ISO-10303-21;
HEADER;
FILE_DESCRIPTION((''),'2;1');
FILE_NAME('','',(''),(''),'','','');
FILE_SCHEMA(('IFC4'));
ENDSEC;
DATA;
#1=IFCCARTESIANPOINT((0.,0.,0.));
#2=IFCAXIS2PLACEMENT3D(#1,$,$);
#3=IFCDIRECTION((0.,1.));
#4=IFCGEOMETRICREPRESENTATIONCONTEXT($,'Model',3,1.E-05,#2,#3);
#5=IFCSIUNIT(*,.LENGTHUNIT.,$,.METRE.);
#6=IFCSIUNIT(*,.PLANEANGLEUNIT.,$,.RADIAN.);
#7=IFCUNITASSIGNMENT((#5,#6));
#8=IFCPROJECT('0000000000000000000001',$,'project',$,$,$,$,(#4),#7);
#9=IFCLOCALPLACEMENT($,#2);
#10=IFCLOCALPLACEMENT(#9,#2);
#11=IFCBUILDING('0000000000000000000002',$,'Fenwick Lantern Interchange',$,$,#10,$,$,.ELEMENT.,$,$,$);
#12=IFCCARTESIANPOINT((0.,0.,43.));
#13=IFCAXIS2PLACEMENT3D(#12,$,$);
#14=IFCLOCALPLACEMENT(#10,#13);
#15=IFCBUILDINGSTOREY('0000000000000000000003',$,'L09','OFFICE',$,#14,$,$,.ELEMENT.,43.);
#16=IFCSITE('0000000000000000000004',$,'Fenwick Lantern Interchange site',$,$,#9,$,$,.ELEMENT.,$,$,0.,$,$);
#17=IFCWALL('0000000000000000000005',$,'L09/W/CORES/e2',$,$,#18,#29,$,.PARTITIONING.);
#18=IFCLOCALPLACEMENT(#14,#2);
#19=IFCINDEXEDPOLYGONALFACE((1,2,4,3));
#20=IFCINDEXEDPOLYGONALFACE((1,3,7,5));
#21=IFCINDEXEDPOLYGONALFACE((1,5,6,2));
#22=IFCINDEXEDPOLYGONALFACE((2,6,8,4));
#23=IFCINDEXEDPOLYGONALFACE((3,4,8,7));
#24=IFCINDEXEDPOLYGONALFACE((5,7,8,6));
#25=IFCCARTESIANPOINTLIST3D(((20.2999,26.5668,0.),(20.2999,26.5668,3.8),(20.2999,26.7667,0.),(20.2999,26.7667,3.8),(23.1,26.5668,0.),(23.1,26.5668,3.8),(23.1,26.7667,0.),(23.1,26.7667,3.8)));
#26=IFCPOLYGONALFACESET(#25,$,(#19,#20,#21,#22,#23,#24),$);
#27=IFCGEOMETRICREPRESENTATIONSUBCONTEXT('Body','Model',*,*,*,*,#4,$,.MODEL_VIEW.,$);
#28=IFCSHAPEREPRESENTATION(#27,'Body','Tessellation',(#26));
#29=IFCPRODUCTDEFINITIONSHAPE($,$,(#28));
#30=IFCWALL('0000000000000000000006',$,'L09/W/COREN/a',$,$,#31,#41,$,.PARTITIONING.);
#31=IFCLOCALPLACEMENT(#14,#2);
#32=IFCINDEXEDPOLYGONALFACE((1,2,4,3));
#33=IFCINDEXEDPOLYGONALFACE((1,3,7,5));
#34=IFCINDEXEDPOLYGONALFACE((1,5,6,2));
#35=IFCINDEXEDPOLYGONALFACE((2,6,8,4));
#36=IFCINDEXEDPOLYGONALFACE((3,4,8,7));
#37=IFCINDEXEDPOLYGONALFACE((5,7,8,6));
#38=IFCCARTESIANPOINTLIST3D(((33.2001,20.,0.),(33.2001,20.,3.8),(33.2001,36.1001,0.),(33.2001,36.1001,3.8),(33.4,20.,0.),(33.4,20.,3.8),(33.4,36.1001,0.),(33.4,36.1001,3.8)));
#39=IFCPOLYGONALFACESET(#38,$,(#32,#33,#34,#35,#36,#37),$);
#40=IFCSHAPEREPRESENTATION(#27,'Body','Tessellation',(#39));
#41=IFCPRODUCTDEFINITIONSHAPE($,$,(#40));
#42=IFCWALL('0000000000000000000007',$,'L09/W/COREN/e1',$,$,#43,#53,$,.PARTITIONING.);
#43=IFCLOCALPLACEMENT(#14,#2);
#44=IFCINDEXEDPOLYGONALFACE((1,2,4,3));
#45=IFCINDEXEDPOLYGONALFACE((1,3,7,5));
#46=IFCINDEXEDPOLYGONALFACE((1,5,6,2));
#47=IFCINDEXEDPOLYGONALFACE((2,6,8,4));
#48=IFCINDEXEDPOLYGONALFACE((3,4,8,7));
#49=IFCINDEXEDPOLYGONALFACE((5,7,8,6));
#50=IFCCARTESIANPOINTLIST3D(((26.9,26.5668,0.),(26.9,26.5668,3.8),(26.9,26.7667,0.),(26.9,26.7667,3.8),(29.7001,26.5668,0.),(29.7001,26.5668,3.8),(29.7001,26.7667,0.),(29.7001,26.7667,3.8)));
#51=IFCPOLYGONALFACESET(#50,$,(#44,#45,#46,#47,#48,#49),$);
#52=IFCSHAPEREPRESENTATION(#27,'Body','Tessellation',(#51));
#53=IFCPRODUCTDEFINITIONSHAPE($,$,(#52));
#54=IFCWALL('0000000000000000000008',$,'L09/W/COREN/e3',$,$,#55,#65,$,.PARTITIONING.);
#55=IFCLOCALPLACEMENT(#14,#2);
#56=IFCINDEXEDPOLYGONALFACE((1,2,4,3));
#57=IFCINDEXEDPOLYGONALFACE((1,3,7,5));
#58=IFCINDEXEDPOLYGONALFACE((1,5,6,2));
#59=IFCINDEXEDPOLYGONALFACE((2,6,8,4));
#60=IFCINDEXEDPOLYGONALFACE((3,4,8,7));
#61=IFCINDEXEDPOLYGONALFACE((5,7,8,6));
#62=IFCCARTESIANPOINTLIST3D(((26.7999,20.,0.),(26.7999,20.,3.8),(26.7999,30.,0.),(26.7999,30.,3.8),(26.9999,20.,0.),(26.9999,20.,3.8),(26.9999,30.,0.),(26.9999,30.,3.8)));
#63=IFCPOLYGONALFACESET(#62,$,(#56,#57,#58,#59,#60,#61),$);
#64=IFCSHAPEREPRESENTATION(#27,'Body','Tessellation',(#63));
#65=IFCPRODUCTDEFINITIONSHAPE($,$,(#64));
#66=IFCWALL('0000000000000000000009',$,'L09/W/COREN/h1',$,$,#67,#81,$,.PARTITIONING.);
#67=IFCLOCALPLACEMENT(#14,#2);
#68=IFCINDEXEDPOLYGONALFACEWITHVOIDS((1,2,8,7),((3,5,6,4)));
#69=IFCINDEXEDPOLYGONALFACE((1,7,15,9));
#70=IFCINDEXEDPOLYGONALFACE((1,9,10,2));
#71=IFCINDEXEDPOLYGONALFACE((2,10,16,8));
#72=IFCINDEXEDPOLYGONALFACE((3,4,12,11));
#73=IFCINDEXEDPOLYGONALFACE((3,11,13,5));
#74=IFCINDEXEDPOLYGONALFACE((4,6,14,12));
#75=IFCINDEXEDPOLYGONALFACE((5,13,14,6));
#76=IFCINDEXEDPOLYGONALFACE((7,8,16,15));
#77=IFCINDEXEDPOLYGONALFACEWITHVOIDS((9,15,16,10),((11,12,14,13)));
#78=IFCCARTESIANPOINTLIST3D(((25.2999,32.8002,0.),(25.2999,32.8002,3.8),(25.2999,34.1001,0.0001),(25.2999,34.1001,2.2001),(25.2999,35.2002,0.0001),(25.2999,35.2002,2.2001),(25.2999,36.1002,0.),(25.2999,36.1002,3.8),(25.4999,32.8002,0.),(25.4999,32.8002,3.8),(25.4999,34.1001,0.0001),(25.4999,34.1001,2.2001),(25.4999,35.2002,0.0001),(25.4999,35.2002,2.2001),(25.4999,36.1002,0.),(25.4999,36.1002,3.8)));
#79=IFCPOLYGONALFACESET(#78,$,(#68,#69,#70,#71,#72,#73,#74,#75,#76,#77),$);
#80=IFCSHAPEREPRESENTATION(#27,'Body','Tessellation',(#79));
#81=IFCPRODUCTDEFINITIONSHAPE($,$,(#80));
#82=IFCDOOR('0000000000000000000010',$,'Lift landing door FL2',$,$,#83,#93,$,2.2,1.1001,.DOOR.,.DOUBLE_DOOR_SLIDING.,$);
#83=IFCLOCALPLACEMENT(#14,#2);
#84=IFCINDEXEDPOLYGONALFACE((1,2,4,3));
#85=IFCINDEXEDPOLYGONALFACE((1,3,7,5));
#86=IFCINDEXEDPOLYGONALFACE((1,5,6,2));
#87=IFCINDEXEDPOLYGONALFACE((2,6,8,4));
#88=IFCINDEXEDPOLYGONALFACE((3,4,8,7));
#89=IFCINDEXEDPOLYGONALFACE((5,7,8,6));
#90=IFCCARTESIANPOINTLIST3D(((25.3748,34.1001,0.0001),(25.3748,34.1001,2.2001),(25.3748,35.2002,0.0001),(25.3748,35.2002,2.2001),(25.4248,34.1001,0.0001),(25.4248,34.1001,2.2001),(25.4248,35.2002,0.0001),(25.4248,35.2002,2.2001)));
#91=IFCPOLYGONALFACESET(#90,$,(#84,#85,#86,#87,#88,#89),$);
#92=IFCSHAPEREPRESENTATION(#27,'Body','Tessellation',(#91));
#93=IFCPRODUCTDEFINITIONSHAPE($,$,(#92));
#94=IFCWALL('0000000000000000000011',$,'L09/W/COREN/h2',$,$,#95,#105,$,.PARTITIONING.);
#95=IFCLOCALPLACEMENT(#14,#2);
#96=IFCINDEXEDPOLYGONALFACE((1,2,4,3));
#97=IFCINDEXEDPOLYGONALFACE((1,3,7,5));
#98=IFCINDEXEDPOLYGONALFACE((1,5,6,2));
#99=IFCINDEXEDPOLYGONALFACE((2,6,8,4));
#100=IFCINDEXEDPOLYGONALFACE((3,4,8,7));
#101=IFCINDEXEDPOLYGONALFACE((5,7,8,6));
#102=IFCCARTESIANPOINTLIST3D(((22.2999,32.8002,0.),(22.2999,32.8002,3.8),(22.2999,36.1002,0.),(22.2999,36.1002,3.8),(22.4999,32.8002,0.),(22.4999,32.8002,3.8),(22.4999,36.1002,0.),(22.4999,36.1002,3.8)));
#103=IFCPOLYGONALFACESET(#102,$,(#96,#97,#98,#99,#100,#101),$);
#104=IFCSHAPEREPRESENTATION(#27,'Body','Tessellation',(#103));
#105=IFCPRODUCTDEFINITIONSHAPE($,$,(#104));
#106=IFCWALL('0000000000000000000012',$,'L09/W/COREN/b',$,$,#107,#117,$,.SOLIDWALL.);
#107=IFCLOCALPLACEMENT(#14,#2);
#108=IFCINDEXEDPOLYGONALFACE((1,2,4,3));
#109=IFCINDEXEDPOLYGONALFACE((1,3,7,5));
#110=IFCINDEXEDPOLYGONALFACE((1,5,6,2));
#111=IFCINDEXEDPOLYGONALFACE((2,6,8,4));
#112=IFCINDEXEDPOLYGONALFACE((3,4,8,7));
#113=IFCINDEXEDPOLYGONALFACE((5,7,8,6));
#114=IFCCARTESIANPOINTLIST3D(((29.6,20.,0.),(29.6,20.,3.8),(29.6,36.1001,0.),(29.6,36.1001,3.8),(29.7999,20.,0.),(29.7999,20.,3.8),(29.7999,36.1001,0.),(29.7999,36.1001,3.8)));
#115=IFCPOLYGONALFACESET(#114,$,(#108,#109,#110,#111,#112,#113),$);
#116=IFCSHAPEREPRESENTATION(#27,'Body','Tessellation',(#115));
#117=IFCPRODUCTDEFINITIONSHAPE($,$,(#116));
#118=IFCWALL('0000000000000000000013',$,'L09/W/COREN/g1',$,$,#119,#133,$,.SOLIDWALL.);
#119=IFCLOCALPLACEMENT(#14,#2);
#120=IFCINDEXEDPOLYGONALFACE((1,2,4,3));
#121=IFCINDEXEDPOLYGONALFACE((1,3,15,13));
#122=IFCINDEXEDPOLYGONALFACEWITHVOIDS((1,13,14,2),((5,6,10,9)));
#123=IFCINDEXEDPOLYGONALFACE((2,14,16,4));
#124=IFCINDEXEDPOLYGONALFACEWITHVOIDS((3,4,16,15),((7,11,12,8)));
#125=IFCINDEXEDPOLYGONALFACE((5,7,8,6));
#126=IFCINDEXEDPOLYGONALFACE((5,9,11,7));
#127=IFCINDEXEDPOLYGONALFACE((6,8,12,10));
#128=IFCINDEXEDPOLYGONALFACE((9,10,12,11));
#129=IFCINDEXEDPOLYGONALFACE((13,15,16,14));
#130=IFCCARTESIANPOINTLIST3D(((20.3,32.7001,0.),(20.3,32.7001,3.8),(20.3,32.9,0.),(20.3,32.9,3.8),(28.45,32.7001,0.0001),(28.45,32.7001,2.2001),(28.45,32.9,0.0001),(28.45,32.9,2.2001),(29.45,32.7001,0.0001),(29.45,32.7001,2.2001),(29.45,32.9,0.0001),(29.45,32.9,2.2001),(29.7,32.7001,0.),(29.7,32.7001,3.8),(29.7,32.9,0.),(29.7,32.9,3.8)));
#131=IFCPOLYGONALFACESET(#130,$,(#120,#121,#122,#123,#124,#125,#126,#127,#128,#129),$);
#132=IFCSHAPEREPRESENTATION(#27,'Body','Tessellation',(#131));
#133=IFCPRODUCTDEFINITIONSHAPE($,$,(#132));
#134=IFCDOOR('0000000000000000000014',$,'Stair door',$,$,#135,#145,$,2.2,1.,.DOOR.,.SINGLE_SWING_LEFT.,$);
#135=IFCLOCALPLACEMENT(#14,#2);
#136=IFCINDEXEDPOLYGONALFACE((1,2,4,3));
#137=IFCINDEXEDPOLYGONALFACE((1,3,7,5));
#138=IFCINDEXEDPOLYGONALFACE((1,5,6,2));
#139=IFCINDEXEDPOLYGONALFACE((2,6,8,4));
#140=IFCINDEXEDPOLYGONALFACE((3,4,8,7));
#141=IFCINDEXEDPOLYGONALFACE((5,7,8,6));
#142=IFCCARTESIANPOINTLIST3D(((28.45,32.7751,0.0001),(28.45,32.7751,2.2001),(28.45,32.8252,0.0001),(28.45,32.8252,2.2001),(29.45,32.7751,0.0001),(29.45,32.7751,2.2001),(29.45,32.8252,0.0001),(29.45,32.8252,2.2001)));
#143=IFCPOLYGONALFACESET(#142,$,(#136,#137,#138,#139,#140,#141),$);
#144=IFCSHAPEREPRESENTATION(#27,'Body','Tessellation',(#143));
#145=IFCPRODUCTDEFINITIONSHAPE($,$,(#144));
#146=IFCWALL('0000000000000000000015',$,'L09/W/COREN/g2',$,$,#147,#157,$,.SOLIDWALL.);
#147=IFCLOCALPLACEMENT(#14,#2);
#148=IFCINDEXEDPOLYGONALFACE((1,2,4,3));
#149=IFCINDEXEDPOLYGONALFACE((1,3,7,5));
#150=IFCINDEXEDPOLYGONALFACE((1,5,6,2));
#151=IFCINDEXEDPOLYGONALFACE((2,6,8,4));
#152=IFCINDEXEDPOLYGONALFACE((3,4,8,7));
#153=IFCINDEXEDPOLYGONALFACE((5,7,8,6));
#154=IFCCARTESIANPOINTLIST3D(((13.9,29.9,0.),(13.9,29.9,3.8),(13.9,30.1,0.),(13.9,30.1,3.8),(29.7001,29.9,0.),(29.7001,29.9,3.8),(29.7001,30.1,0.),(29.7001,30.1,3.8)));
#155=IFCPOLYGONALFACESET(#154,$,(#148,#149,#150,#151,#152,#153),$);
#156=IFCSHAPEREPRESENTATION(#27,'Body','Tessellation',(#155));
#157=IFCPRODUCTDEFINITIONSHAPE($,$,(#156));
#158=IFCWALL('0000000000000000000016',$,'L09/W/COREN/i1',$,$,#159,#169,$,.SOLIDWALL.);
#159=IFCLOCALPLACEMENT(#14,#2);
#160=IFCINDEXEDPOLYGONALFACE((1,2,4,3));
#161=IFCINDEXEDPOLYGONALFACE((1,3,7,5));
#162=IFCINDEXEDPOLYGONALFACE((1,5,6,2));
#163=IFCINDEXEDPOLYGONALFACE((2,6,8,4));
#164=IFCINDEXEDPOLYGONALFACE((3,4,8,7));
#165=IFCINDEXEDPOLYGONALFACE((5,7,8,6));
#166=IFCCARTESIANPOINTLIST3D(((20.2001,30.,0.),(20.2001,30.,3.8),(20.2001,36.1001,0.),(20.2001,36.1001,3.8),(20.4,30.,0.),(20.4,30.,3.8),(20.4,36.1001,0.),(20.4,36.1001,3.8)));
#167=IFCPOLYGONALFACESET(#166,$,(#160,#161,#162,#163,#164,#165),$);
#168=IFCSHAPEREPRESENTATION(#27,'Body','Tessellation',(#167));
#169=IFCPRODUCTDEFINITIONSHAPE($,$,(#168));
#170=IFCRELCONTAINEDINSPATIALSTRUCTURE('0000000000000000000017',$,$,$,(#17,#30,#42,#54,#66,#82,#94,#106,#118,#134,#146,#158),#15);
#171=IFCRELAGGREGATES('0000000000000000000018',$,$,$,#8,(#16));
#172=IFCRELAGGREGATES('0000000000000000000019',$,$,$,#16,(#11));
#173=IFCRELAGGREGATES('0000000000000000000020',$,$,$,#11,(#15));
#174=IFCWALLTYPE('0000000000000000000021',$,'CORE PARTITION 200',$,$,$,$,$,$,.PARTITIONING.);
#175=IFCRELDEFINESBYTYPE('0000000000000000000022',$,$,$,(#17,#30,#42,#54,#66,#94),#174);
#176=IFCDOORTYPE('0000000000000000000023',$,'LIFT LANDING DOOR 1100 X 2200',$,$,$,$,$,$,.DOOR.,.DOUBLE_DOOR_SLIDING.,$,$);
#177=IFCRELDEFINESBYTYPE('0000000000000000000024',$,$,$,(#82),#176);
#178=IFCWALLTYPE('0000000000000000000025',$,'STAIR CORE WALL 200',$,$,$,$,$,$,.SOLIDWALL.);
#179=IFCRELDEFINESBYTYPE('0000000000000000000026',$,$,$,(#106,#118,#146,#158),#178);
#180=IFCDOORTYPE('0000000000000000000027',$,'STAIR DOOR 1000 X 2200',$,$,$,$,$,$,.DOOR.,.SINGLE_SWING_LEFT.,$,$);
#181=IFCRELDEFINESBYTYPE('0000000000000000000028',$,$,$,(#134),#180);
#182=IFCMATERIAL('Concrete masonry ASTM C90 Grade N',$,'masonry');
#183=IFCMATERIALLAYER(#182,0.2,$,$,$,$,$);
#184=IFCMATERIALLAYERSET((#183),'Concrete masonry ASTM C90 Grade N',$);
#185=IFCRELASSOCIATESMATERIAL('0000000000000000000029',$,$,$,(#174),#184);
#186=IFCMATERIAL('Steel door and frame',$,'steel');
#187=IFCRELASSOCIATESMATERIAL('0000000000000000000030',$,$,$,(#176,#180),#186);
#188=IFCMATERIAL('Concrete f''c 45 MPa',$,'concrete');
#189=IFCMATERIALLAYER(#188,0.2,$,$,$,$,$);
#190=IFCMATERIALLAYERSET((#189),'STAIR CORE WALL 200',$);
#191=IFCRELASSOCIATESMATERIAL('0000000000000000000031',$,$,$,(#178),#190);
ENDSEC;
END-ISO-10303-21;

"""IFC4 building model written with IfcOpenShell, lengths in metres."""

from ifc_helpers import new_model, si_unit, direction, frame, frame_2d, origin, place, context, subcontext, project, spatial, rectangle, extrude, material, layer, layer_set, type_object, element, fill, save


model = new_model("IFC4")

# Units and contexts
model_context = context("Model", 3, precision=1e-05, world=origin(), true_north=direction((0.0, 1.0)))
body_context = subcontext(model_context, "Body", "Model", "MODEL_VIEW")
ifc_project = project(units=[si_unit("LENGTHUNIT", "METRE"), si_unit("PLANEANGLEUNIT", "RADIAN")], contexts=[model_context])

# Site, building, storey
site_placement = place(None, origin())
site = spatial("IfcSite", under=ifc_project, at=site_placement, Name="Fenwick Lantern Interchange site", CompositionType="ELEMENT", RefElevation=0.0)
building_placement = place(site_placement, origin())
building = spatial("IfcBuilding", under=site, at=building_placement, Name="Fenwick Lantern Interchange", CompositionType="ELEMENT")
storey_placement = place(building_placement, frame((0.0, 0.0, 43.0)))
storey = spatial("IfcBuildingStorey", under=building, at=storey_placement, Name="L09", Description="OFFICE", CompositionType="ELEMENT", Elevation=43.0)

# Walls
ifc_material_1 = material(Name="Concrete masonry ASTM C90 Grade N", Category="masonry")
ifc_layer_1 = layer(ifc_material_1, 0.2)
ifc_layer_set_1 = layer_set([ifc_layer_1], Name="Concrete masonry ASTM C90 Grade N")
wall_type_1 = type_object("IfcWallType", Name="CORE PARTITION 200", PredefinedType="PARTITIONING", material=ifc_layer_set_1)
wall_1_placement = place(storey_placement, frame((20.3, 26.6667, 0.0), z_axis=(0.0, 0.0, 1.0), x_axis=(1.0, 0.0, 0.0)))
element("IfcWall", 1, at=wall_1_placement, inside=storey, type_object=wall_type_1, Name="L09/W/CORES/e2", PredefinedType="PARTITIONING", context=body_context, shape_type="SweptSolid", body=[
    extrude(rectangle(XDim=2.8, YDim=0.2, at=frame_2d((1.3999, 0.0))), origin(), (0.0, 0.0, 1.0), 3.8),
])
wall_2_placement = place(storey_placement, frame((33.3, 36.1001, 0.0), z_axis=(0.0, 0.0, 1.0), x_axis=(0.0, -1.0, 0.0)))
element("IfcWall", 2, at=wall_2_placement, inside=storey, type_object=wall_type_1, Name="L09/W/COREN/a", PredefinedType="PARTITIONING", context=body_context, shape_type="SweptSolid", body=[
    extrude(rectangle(XDim=16.1001, YDim=0.2, at=frame_2d((8.05, 0.0))), origin(), (0.0, 0.0, 1.0), 3.8),
])
wall_3_placement = place(storey_placement, frame((29.7, 26.6667, 0.0), z_axis=(0.0, 0.0, 1.0), x_axis=(-1.0, 0.0, 0.0)))
element("IfcWall", 3, at=wall_3_placement, inside=storey, type_object=wall_type_1, Name="L09/W/COREN/e1", PredefinedType="PARTITIONING", context=body_context, shape_type="SweptSolid", body=[
    extrude(rectangle(XDim=2.8, YDim=0.2, at=frame_2d((1.3999, 0.0))), origin(), (0.0, 0.0, 1.0), 3.8),
])
wall_4_placement = place(storey_placement, frame((26.8999, 30.0, 0.0), z_axis=(0.0, 0.0, 1.0), x_axis=(0.0, -1.0, 0.0)))
element("IfcWall", 4, at=wall_4_placement, inside=storey, type_object=wall_type_1, Name="L09/W/COREN/e3", PredefinedType="PARTITIONING", context=body_context, shape_type="SweptSolid", body=[
    extrude(rectangle(XDim=10.0, YDim=0.2, at=frame_2d((5.0, 0.0))), origin(), (0.0, 0.0, 1.0), 3.8),
])

# Wall, opening, door
wall_5_placement = place(storey_placement, frame((25.3999, 36.1001, 0.0), z_axis=(0.0, 0.0, 1.0), x_axis=(0.0, -1.0, 0.0)))
wall_5 = element("IfcWall", 5, at=wall_5_placement, inside=storey, type_object=wall_type_1, Name="L09/W/COREN/h1", PredefinedType="PARTITIONING", context=body_context, shape_type="SweptSolid", body=[
    extrude(rectangle(XDim=3.3, YDim=0.2, at=frame_2d((1.6499, 0.0))), origin(), (0.0, 0.0, 1.0), 3.8),
])
opening_1_placement = place(wall_5_placement, frame((0.8999, 0.0, 0.0)))
opening_1 = element("IfcOpeningElement", 6, at=opening_1_placement, cuts=wall_5, PredefinedType="OPENING", context=body_context, shape_type="SweptSolid", body=[
    extrude(rectangle(XDim=1.1001, YDim=2.2, at=frame_2d((0.55, 1.1001))), frame((0.0, 0.1099, 0.0), z_axis=(0.0, -1.0, 0.0), x_axis=(1.0, 0.0, 0.0)), (0.0, 0.0, 1.0), 0.22),
])
ifc_material_2 = material(Name="Steel door and frame", Category="steel")
door_type_1 = type_object("IfcDoorType", Name="LIFT LANDING DOOR 1100 X 2200", OperationType="DOUBLE_DOOR_SLIDING", PredefinedType="DOOR", material=ifc_material_2)
door_1_placement = place(opening_1_placement, origin())
door_1 = element("IfcDoor", 7, at=door_1_placement, inside=storey, type_object=door_type_1, Name="Lift landing door FL2", OperationType="DOUBLE_DOOR_SLIDING", OverallHeight=2.2, OverallWidth=1.1001, PredefinedType="DOOR", context=body_context, shape_type="SweptSolid", body=[
    extrude(rectangle(XDim=1.1001, YDim=2.2, at=frame_2d((0.55, 1.1001))), frame((0.0, 0.0249, 0.0), z_axis=(0.0, -1.0, 0.0), x_axis=(1.0, 0.0, 0.0)), (0.0, 0.0, 1.0), 0.05),
])
fill(opening_1, door_1)

# Walls
wall_6_placement = place(storey_placement, frame((22.3999, 36.1001, 0.0), z_axis=(0.0, 0.0, 1.0), x_axis=(0.0, -1.0, 0.0)))
element("IfcWall", 8, at=wall_6_placement, inside=storey, type_object=wall_type_1, Name="L09/W/COREN/h2", PredefinedType="PARTITIONING", context=body_context, shape_type="SweptSolid", body=[
    extrude(rectangle(XDim=3.3, YDim=0.2, at=frame_2d((1.6499, 0.0))), origin(), (0.0, 0.0, 1.0), 3.8),
])
ifc_material_3 = material(Name="Concrete f'c 45 MPa", Category="concrete")
ifc_layer_2 = layer(ifc_material_3, 0.2)
ifc_layer_set_2 = layer_set([ifc_layer_2], Name="STAIR CORE WALL 200")
wall_type_2 = type_object("IfcWallType", Name="STAIR CORE WALL 200", PredefinedType="SOLIDWALL", material=ifc_layer_set_2)
wall_7_placement = place(storey_placement, frame((29.7, 36.1001, 0.0), z_axis=(0.0, 0.0, 1.0), x_axis=(0.0, -1.0, 0.0)))
element("IfcWall", 9, at=wall_7_placement, inside=storey, type_object=wall_type_2, Name="L09/W/COREN/b", PredefinedType="SOLIDWALL", context=body_context, shape_type="SweptSolid", body=[
    extrude(rectangle(XDim=16.1001, YDim=0.2, at=frame_2d((8.05, 0.0))), origin(), (0.0, 0.0, 1.0), 3.8),
])

# Wall, opening, door
wall_8_placement = place(storey_placement, frame((29.7, 32.8, 0.0), z_axis=(0.0, 0.0, 1.0), x_axis=(-1.0, 0.0, 0.0)))
wall_8 = element("IfcWall", 10, at=wall_8_placement, inside=storey, type_object=wall_type_2, Name="L09/W/COREN/g1", PredefinedType="SOLIDWALL", context=body_context, shape_type="SweptSolid", body=[
    extrude(rectangle(XDim=9.3999, YDim=0.2, at=frame_2d((4.7, 0.0))), origin(), (0.0, 0.0, 1.0), 3.8),
])
opening_2_placement = place(wall_8_placement, frame((0.25, 0.0, 0.0)))
opening_2 = element("IfcOpeningElement", 11, at=opening_2_placement, cuts=wall_8, PredefinedType="OPENING", context=body_context, shape_type="SweptSolid", body=[
    extrude(rectangle(XDim=1.0, YDim=2.2, at=frame_2d((0.5, 1.1001))), frame((0.0, 0.1099, 0.0), z_axis=(0.0, -1.0, 0.0), x_axis=(1.0, 0.0, 0.0)), (0.0, 0.0, 1.0), 0.22),
])
door_type_2 = type_object("IfcDoorType", Name="STAIR DOOR 1000 X 2200", OperationType="SINGLE_SWING_LEFT", PredefinedType="DOOR", material=ifc_material_2)
door_2_placement = place(opening_2_placement, origin())
door_2 = element("IfcDoor", 12, at=door_2_placement, inside=storey, type_object=door_type_2, Name="Stair door", OperationType="SINGLE_SWING_LEFT", OverallHeight=2.2, OverallWidth=1.0, PredefinedType="DOOR", context=body_context, shape_type="SweptSolid", body=[
    extrude(rectangle(XDim=1.0, YDim=2.2, at=frame_2d((0.5, 1.1001))), frame((0.0, 0.0249, 0.0), z_axis=(0.0, -1.0, 0.0), x_axis=(1.0, 0.0, 0.0)), (0.0, 0.0, 1.0), 0.05),
])
fill(opening_2, door_2)

# Walls
wall_9_placement = place(storey_placement, frame((29.7, 30.0, 0.0), z_axis=(0.0, 0.0, 1.0), x_axis=(-1.0, 0.0, 0.0)))
element("IfcWall", 13, at=wall_9_placement, inside=storey, type_object=wall_type_2, Name="L09/W/COREN/g2", PredefinedType="SOLIDWALL", context=body_context, shape_type="SweptSolid", body=[
    extrude(rectangle(XDim=15.8, YDim=0.2, at=frame_2d((7.8999, 0.0))), origin(), (0.0, 0.0, 1.0), 3.8),
])
wall_10_placement = place(storey_placement, frame((20.3, 36.1001, 0.0), z_axis=(0.0, 0.0, 1.0), x_axis=(0.0, -1.0, 0.0)))
element("IfcWall", 14, at=wall_10_placement, inside=storey, type_object=wall_type_2, Name="L09/W/COREN/i1", PredefinedType="SOLIDWALL", context=body_context, shape_type="SweptSolid", body=[
    extrude(rectangle(XDim=6.1001, YDim=0.2, at=frame_2d((3.05, 0.0))), origin(), (0.0, 0.0, 1.0), 3.8),
])

save(model, "model.ifc")
